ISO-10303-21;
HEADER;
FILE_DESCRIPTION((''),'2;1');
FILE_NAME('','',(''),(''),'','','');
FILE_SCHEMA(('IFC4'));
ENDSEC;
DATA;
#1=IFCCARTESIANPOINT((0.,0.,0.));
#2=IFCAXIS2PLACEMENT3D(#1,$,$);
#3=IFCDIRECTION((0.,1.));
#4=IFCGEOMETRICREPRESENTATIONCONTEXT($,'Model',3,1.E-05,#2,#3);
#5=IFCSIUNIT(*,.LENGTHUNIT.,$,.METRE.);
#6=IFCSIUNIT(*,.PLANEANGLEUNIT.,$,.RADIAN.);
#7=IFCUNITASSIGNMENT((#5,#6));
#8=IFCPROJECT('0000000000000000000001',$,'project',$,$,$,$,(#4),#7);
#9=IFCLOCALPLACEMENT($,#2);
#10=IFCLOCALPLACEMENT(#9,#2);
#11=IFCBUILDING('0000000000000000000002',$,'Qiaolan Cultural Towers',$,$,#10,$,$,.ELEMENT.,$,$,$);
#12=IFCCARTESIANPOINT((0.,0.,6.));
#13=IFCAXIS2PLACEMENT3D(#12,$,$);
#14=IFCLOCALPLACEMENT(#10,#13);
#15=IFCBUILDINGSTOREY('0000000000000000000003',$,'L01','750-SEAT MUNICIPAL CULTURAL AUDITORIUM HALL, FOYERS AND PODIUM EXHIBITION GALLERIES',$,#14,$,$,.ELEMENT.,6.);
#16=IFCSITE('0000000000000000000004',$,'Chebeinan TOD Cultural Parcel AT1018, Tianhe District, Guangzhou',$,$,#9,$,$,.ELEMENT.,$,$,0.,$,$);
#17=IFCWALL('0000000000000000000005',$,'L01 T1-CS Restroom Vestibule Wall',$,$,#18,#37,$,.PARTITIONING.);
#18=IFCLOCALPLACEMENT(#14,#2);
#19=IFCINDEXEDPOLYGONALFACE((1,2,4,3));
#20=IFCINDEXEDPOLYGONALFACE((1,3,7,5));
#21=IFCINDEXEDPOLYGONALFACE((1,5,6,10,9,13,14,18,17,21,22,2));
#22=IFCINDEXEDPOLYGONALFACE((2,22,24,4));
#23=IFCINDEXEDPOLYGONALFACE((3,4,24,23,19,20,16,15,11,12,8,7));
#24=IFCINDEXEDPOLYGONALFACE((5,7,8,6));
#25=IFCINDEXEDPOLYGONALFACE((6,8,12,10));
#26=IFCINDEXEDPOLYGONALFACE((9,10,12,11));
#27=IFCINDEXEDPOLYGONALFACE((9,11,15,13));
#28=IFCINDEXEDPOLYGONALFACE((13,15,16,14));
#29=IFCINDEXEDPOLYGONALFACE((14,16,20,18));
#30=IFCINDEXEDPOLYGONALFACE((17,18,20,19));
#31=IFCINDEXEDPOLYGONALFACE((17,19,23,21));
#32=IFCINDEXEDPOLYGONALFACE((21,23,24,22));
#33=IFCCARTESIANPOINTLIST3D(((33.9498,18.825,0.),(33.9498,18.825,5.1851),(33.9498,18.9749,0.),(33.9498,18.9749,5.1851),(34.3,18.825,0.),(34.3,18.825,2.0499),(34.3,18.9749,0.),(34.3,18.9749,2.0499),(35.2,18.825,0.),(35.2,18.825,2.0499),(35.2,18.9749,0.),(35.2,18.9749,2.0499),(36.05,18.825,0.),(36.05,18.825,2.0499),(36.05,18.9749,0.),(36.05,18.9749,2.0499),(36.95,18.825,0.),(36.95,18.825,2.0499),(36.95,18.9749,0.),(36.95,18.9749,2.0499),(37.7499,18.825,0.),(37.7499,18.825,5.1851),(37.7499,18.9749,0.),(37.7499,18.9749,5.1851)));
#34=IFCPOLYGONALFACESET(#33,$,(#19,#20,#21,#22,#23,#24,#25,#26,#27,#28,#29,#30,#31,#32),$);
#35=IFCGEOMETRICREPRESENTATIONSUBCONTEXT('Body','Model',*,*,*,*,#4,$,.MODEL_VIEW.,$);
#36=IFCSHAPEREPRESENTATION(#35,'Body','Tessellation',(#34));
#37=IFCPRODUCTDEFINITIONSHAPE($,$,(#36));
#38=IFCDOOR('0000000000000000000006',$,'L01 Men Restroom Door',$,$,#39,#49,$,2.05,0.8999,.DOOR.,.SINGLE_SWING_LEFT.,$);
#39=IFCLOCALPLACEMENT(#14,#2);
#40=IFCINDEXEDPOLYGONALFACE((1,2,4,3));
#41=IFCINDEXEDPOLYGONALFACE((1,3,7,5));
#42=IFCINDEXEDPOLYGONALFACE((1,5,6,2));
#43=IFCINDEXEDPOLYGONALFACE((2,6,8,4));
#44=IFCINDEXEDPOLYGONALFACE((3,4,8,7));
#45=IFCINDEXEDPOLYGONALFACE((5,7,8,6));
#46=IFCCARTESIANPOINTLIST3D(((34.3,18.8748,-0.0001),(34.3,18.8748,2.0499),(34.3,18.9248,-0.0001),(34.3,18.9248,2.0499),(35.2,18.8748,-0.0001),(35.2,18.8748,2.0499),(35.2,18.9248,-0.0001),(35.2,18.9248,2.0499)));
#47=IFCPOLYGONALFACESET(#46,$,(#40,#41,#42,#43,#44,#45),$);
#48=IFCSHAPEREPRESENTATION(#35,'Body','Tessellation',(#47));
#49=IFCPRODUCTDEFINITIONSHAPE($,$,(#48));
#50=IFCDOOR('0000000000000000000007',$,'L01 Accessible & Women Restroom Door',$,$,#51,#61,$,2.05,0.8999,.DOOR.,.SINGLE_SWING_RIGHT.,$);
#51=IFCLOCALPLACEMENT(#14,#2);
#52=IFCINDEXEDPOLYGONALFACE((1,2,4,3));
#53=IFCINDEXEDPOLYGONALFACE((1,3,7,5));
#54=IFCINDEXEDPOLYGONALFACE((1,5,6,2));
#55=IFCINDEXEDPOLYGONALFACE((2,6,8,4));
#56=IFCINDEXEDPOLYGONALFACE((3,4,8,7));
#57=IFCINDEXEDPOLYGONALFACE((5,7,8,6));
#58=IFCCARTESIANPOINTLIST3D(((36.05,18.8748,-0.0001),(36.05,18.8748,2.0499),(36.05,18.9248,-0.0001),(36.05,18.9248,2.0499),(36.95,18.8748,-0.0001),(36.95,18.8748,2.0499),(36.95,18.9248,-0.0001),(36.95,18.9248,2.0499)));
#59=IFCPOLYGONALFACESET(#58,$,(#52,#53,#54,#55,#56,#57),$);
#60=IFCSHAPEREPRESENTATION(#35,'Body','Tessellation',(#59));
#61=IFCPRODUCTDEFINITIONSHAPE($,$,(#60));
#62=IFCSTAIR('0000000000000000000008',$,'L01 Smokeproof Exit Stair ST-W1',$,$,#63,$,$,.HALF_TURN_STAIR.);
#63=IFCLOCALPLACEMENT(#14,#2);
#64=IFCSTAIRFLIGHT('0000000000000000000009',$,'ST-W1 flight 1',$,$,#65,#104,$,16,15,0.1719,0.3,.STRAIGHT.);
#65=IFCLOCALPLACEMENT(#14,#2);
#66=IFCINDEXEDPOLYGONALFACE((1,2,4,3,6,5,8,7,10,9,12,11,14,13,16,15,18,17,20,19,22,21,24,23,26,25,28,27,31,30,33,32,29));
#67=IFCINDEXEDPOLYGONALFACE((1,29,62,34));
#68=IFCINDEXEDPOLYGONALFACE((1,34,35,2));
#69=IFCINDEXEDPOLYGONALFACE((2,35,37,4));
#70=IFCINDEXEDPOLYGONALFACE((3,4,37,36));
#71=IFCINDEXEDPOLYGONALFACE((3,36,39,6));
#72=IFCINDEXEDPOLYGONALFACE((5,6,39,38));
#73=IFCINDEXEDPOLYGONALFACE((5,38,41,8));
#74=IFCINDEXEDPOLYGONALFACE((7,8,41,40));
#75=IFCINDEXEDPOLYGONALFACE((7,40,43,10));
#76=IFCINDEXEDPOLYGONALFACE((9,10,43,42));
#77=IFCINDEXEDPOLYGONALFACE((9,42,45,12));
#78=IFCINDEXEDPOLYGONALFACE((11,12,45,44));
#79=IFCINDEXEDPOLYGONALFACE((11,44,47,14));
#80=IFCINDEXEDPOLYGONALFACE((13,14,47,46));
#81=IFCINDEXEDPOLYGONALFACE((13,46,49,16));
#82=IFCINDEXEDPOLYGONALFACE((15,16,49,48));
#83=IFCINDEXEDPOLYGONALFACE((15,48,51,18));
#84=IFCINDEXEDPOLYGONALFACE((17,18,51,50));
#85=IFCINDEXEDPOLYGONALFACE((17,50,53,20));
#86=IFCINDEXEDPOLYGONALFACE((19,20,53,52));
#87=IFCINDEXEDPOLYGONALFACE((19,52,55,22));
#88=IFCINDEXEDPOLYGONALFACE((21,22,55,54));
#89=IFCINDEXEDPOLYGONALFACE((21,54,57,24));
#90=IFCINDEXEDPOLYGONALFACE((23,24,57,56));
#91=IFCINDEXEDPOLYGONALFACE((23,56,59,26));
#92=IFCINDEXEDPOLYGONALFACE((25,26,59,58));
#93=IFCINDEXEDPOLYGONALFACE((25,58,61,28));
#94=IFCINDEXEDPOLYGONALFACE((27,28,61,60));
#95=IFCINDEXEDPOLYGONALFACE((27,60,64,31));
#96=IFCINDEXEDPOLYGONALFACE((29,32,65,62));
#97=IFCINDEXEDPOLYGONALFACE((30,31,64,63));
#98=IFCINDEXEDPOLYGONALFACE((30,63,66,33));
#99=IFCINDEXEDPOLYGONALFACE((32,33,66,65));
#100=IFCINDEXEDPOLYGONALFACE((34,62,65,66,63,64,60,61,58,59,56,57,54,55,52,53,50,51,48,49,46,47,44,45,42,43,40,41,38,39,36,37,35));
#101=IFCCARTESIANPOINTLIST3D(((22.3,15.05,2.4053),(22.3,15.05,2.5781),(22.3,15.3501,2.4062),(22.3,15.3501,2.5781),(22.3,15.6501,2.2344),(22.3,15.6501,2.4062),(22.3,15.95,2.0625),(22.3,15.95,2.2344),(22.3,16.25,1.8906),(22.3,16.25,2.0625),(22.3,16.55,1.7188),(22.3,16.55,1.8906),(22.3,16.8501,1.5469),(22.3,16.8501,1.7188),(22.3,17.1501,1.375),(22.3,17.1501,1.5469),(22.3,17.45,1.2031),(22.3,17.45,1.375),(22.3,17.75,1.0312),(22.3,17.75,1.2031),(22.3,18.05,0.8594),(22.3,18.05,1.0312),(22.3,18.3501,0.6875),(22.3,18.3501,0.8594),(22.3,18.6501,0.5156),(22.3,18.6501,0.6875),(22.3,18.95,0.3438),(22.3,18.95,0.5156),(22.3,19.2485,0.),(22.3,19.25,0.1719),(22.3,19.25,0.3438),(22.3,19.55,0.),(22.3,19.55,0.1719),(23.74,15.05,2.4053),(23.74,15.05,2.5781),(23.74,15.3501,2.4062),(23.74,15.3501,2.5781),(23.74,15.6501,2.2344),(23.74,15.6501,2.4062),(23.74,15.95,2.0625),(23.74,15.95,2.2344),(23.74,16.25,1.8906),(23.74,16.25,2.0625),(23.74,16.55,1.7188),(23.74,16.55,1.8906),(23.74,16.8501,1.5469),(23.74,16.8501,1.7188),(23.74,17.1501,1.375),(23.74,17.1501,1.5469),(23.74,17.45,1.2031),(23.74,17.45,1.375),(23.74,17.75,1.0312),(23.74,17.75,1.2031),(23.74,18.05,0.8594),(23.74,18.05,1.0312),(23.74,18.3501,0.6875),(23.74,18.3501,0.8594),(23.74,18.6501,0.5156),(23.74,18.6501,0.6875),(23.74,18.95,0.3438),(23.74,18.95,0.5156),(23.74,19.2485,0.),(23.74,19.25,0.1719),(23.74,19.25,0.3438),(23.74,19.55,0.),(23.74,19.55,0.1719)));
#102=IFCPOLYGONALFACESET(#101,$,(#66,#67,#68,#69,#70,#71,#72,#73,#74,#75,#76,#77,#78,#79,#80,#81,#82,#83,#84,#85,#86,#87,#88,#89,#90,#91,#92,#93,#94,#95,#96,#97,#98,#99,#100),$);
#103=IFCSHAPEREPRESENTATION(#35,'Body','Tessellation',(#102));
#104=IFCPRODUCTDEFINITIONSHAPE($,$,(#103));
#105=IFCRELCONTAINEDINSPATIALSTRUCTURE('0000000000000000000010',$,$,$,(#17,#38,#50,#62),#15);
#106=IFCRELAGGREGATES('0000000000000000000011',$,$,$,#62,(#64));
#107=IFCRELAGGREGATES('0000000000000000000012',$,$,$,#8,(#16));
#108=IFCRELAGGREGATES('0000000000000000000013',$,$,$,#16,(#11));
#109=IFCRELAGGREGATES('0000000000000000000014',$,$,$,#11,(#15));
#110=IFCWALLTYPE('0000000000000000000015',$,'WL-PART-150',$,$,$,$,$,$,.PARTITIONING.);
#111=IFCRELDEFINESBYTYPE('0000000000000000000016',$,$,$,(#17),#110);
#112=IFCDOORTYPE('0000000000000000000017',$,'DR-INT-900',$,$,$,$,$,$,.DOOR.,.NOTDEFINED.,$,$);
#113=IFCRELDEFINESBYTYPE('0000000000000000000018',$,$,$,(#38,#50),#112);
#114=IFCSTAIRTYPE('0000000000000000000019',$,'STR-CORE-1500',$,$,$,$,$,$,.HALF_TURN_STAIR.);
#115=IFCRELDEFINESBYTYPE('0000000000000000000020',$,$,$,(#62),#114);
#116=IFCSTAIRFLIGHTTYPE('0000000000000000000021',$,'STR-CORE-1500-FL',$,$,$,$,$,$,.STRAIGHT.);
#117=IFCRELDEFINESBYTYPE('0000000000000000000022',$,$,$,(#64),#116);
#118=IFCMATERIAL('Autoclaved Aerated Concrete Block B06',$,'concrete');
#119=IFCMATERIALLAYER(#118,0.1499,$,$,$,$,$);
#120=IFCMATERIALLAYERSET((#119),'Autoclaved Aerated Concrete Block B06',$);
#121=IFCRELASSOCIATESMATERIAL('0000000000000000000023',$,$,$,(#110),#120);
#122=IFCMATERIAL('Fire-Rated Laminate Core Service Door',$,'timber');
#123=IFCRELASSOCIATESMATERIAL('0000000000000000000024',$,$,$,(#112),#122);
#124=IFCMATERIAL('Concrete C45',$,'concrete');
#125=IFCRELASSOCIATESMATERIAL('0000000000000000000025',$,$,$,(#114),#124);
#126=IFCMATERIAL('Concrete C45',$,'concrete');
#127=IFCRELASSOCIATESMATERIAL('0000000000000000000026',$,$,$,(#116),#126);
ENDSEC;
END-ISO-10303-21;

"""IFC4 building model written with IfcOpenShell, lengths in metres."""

from ifc_helpers import new_model, si_unit, direction, frame, frame_2d, origin, place, context, subcontext, project, spatial, polyline, rectangle, outline, extrude, material, layer, layer_set, type_object, element, fill, aggregate, save


model = new_model("IFC4")

# Units and contexts
model_context = context("Model", 3, precision=1e-05, world=origin(), true_north=direction((0.0, 1.0)))
body_context = subcontext(model_context, "Body", "Model", "MODEL_VIEW")
ifc_project = project(units=[si_unit("LENGTHUNIT", "METRE"), si_unit("PLANEANGLEUNIT", "RADIAN")], contexts=[model_context])

# Site, building, storey
site_placement = place(None, origin())
site = spatial("IfcSite", under=ifc_project, at=site_placement, Name="Chebeinan TOD Cultural Parcel AT1018, Tianhe District, Guangzhou", CompositionType="ELEMENT", RefElevation=0.0)
building_placement = place(site_placement, origin())
building = spatial("IfcBuilding", under=site, at=building_placement, Name="Qiaolan Cultural Towers", CompositionType="ELEMENT")
storey_placement = place(building_placement, frame((0.0, 0.0, 6.0)))
storey = spatial("IfcBuildingStorey", under=building, at=storey_placement, Name="L01", Description="750-SEAT MUNICIPAL CULTURAL AUDITORIUM HALL, FOYERS AND PODIUM EXHIBITION GALLERIES", CompositionType="ELEMENT", Elevation=6.0)

# Shared definitions
ifc_material_1 = material(Name="Autoclaved Aerated Concrete Block B06", Category="concrete")
ifc_layer_1 = layer(ifc_material_1, 0.1499)
ifc_layer_set_1 = layer_set([ifc_layer_1], Name="Autoclaved Aerated Concrete Block B06")
wall_type_1 = type_object("IfcWallType", Name="WL-PART-150", PredefinedType="PARTITIONING", material=ifc_layer_set_1)

# Wall, openings, doors
wall_1_placement = place(storey_placement, frame((33.95, 18.8999, 0.0), z_axis=(0.0, 0.0, 1.0), x_axis=(1.0, 0.0, 0.0)))
wall_1 = element("IfcWall", 1, at=wall_1_placement, inside=storey, type_object=wall_type_1, Name="L01 T1-CS Restroom Vestibule Wall", PredefinedType="PARTITIONING", context=body_context, shape_type="SweptSolid", body=[
    extrude(rectangle(XDim=3.8, YDim=0.1499, at=frame_2d((1.8999, 0.0))), origin(), (0.0, 0.0, 1.0), 5.1851),
])
opening_1_placement = place(wall_1_placement, frame((0.3501, 0.0, 0.0)))
opening_1 = element("IfcOpeningElement", 2, at=opening_1_placement, cuts=wall_1, PredefinedType="OPENING", context=body_context, shape_type="SweptSolid", body=[
    extrude(rectangle(XDim=0.8999, YDim=2.05, at=frame_2d((0.45, 1.0249))), frame((0.0, 0.085, 0.0), z_axis=(0.0, -1.0, 0.0), x_axis=(1.0, 0.0, 0.0)), (0.0, 0.0, 1.0), 0.1699),
])
opening_2_placement = place(wall_1_placement, frame((2.1001, 0.0, 0.0)))
opening_2 = element("IfcOpeningElement", 3, at=opening_2_placement, cuts=wall_1, PredefinedType="OPENING", context=body_context, shape_type="SweptSolid", body=[
    extrude(rectangle(XDim=0.8999, YDim=2.05, at=frame_2d((0.45, 1.0249))), frame((0.0, 0.085, 0.0), z_axis=(0.0, -1.0, 0.0), x_axis=(1.0, 0.0, 0.0)), (0.0, 0.0, 1.0), 0.1699),
])
ifc_material_2 = material(Name="Fire-Rated Laminate Core Service Door", Category="timber")
door_type_1 = type_object("IfcDoorType", Name="DR-INT-900", OperationType="NOTDEFINED", PredefinedType="DOOR", material=ifc_material_2)
door_1_placement = place(opening_1_placement, origin())
door_1 = element("IfcDoor", 4, at=door_1_placement, inside=storey, type_object=door_type_1, Name="L01 Men Restroom Door", OperationType="SINGLE_SWING_LEFT", OverallHeight=2.05, OverallWidth=0.8999, PredefinedType="DOOR", context=body_context, shape_type="SweptSolid", body=[
    extrude(rectangle(XDim=0.8999, YDim=2.05, at=frame_2d((0.45, 1.0249))), frame((0.0, 0.0249, 0.0), z_axis=(0.0, -1.0, 0.0), x_axis=(1.0, 0.0, 0.0)), (0.0, 0.0, 1.0), 0.05),
])
fill(opening_1, door_1)
door_2_placement = place(opening_2_placement, origin())
door_2 = element("IfcDoor", 5, at=door_2_placement, inside=storey, type_object=door_type_1, Name="L01 Accessible & Women Restroom Door", OperationType="SINGLE_SWING_RIGHT", OverallHeight=2.05, OverallWidth=0.8999, PredefinedType="DOOR", context=body_context, shape_type="SweptSolid", body=[
    extrude(rectangle(XDim=0.8999, YDim=2.05, at=frame_2d((0.45, 1.0249))), frame((0.0, 0.0249, 0.0), z_axis=(0.0, -1.0, 0.0), x_axis=(1.0, 0.0, 0.0)), (0.0, 0.0, 1.0), 0.05),
])
fill(opening_2, door_2)

# Stair, stair flight
ifc_material_3 = material(Name="Concrete C45", Category="concrete")
stair_type = type_object("IfcStairType", Name="STR-CORE-1500", PredefinedType="HALF_TURN_STAIR", material=ifc_material_3)
stair_placement = place(storey_placement, origin())
stair = element("IfcStair", 6, at=stair_placement, inside=storey, type_object=stair_type, Name="L01 Smokeproof Exit Stair ST-W1", PredefinedType="HALF_TURN_STAIR")
ifc_material_4 = material(Name="Concrete C45", Category="concrete")
stair_flight_type = type_object("IfcStairFlightType", Name="STR-CORE-1500-FL", PredefinedType="STRAIGHT", material=ifc_material_4)
stair_flight_placement = place(storey_placement, frame((23.02, 19.55, 0.0), z_axis=(0.0, 0.0, 1.0), x_axis=(0.0, -1.0, 0.0)))
stair_flight = element("IfcStairFlight", 7, at=stair_flight_placement, type_object=stair_flight_type, Name="ST-W1 flight 1", NumberOfRisers=16, NumberOfTreads=15, PredefinedType="STRAIGHT", RiserHeight=0.1719, TreadLength=0.3, context=body_context, shape_type="SweptSolid", body=[
    extrude(outline(polyline([(0.0, 0.0), (0.0, 0.1719), (0.3, 0.1719), (0.3, 0.3438), (0.6001, 0.3438), (0.6001, 0.5156), (0.8999, 0.5156), (0.8999, 0.6875), (1.2, 0.6875), (1.2, 0.8594), (1.5, 0.8594), (1.5, 1.0312), (1.8, 1.0312), (1.8, 1.2031), (2.1001, 1.2031), (2.1001, 1.375), (2.3999, 1.375), (2.3999, 1.5469), (2.7, 1.5469), (2.7, 1.7188), (3.0, 1.7188), (3.0, 1.8906), (3.3, 1.8906), (3.3, 2.0625), (3.6001, 2.0625), (3.6001, 2.2344), (3.8999, 2.2344), (3.8999, 2.4062), (4.2, 2.4062), (4.2, 2.5781), (4.5, 2.5781), (4.5, 2.75), (4.5, 2.4053), (0.3015, 0.0), (0.0, 0.0)])), frame((0.0, 0.72, 0.0), z_axis=(0.0, -1.0, 0.0), x_axis=(1.0, 0.0, 0.0)), (0.0, 0.0, 1.0), 1.4399),
])
aggregate(stair, [stair_flight])

save(model, "model.ifc")
